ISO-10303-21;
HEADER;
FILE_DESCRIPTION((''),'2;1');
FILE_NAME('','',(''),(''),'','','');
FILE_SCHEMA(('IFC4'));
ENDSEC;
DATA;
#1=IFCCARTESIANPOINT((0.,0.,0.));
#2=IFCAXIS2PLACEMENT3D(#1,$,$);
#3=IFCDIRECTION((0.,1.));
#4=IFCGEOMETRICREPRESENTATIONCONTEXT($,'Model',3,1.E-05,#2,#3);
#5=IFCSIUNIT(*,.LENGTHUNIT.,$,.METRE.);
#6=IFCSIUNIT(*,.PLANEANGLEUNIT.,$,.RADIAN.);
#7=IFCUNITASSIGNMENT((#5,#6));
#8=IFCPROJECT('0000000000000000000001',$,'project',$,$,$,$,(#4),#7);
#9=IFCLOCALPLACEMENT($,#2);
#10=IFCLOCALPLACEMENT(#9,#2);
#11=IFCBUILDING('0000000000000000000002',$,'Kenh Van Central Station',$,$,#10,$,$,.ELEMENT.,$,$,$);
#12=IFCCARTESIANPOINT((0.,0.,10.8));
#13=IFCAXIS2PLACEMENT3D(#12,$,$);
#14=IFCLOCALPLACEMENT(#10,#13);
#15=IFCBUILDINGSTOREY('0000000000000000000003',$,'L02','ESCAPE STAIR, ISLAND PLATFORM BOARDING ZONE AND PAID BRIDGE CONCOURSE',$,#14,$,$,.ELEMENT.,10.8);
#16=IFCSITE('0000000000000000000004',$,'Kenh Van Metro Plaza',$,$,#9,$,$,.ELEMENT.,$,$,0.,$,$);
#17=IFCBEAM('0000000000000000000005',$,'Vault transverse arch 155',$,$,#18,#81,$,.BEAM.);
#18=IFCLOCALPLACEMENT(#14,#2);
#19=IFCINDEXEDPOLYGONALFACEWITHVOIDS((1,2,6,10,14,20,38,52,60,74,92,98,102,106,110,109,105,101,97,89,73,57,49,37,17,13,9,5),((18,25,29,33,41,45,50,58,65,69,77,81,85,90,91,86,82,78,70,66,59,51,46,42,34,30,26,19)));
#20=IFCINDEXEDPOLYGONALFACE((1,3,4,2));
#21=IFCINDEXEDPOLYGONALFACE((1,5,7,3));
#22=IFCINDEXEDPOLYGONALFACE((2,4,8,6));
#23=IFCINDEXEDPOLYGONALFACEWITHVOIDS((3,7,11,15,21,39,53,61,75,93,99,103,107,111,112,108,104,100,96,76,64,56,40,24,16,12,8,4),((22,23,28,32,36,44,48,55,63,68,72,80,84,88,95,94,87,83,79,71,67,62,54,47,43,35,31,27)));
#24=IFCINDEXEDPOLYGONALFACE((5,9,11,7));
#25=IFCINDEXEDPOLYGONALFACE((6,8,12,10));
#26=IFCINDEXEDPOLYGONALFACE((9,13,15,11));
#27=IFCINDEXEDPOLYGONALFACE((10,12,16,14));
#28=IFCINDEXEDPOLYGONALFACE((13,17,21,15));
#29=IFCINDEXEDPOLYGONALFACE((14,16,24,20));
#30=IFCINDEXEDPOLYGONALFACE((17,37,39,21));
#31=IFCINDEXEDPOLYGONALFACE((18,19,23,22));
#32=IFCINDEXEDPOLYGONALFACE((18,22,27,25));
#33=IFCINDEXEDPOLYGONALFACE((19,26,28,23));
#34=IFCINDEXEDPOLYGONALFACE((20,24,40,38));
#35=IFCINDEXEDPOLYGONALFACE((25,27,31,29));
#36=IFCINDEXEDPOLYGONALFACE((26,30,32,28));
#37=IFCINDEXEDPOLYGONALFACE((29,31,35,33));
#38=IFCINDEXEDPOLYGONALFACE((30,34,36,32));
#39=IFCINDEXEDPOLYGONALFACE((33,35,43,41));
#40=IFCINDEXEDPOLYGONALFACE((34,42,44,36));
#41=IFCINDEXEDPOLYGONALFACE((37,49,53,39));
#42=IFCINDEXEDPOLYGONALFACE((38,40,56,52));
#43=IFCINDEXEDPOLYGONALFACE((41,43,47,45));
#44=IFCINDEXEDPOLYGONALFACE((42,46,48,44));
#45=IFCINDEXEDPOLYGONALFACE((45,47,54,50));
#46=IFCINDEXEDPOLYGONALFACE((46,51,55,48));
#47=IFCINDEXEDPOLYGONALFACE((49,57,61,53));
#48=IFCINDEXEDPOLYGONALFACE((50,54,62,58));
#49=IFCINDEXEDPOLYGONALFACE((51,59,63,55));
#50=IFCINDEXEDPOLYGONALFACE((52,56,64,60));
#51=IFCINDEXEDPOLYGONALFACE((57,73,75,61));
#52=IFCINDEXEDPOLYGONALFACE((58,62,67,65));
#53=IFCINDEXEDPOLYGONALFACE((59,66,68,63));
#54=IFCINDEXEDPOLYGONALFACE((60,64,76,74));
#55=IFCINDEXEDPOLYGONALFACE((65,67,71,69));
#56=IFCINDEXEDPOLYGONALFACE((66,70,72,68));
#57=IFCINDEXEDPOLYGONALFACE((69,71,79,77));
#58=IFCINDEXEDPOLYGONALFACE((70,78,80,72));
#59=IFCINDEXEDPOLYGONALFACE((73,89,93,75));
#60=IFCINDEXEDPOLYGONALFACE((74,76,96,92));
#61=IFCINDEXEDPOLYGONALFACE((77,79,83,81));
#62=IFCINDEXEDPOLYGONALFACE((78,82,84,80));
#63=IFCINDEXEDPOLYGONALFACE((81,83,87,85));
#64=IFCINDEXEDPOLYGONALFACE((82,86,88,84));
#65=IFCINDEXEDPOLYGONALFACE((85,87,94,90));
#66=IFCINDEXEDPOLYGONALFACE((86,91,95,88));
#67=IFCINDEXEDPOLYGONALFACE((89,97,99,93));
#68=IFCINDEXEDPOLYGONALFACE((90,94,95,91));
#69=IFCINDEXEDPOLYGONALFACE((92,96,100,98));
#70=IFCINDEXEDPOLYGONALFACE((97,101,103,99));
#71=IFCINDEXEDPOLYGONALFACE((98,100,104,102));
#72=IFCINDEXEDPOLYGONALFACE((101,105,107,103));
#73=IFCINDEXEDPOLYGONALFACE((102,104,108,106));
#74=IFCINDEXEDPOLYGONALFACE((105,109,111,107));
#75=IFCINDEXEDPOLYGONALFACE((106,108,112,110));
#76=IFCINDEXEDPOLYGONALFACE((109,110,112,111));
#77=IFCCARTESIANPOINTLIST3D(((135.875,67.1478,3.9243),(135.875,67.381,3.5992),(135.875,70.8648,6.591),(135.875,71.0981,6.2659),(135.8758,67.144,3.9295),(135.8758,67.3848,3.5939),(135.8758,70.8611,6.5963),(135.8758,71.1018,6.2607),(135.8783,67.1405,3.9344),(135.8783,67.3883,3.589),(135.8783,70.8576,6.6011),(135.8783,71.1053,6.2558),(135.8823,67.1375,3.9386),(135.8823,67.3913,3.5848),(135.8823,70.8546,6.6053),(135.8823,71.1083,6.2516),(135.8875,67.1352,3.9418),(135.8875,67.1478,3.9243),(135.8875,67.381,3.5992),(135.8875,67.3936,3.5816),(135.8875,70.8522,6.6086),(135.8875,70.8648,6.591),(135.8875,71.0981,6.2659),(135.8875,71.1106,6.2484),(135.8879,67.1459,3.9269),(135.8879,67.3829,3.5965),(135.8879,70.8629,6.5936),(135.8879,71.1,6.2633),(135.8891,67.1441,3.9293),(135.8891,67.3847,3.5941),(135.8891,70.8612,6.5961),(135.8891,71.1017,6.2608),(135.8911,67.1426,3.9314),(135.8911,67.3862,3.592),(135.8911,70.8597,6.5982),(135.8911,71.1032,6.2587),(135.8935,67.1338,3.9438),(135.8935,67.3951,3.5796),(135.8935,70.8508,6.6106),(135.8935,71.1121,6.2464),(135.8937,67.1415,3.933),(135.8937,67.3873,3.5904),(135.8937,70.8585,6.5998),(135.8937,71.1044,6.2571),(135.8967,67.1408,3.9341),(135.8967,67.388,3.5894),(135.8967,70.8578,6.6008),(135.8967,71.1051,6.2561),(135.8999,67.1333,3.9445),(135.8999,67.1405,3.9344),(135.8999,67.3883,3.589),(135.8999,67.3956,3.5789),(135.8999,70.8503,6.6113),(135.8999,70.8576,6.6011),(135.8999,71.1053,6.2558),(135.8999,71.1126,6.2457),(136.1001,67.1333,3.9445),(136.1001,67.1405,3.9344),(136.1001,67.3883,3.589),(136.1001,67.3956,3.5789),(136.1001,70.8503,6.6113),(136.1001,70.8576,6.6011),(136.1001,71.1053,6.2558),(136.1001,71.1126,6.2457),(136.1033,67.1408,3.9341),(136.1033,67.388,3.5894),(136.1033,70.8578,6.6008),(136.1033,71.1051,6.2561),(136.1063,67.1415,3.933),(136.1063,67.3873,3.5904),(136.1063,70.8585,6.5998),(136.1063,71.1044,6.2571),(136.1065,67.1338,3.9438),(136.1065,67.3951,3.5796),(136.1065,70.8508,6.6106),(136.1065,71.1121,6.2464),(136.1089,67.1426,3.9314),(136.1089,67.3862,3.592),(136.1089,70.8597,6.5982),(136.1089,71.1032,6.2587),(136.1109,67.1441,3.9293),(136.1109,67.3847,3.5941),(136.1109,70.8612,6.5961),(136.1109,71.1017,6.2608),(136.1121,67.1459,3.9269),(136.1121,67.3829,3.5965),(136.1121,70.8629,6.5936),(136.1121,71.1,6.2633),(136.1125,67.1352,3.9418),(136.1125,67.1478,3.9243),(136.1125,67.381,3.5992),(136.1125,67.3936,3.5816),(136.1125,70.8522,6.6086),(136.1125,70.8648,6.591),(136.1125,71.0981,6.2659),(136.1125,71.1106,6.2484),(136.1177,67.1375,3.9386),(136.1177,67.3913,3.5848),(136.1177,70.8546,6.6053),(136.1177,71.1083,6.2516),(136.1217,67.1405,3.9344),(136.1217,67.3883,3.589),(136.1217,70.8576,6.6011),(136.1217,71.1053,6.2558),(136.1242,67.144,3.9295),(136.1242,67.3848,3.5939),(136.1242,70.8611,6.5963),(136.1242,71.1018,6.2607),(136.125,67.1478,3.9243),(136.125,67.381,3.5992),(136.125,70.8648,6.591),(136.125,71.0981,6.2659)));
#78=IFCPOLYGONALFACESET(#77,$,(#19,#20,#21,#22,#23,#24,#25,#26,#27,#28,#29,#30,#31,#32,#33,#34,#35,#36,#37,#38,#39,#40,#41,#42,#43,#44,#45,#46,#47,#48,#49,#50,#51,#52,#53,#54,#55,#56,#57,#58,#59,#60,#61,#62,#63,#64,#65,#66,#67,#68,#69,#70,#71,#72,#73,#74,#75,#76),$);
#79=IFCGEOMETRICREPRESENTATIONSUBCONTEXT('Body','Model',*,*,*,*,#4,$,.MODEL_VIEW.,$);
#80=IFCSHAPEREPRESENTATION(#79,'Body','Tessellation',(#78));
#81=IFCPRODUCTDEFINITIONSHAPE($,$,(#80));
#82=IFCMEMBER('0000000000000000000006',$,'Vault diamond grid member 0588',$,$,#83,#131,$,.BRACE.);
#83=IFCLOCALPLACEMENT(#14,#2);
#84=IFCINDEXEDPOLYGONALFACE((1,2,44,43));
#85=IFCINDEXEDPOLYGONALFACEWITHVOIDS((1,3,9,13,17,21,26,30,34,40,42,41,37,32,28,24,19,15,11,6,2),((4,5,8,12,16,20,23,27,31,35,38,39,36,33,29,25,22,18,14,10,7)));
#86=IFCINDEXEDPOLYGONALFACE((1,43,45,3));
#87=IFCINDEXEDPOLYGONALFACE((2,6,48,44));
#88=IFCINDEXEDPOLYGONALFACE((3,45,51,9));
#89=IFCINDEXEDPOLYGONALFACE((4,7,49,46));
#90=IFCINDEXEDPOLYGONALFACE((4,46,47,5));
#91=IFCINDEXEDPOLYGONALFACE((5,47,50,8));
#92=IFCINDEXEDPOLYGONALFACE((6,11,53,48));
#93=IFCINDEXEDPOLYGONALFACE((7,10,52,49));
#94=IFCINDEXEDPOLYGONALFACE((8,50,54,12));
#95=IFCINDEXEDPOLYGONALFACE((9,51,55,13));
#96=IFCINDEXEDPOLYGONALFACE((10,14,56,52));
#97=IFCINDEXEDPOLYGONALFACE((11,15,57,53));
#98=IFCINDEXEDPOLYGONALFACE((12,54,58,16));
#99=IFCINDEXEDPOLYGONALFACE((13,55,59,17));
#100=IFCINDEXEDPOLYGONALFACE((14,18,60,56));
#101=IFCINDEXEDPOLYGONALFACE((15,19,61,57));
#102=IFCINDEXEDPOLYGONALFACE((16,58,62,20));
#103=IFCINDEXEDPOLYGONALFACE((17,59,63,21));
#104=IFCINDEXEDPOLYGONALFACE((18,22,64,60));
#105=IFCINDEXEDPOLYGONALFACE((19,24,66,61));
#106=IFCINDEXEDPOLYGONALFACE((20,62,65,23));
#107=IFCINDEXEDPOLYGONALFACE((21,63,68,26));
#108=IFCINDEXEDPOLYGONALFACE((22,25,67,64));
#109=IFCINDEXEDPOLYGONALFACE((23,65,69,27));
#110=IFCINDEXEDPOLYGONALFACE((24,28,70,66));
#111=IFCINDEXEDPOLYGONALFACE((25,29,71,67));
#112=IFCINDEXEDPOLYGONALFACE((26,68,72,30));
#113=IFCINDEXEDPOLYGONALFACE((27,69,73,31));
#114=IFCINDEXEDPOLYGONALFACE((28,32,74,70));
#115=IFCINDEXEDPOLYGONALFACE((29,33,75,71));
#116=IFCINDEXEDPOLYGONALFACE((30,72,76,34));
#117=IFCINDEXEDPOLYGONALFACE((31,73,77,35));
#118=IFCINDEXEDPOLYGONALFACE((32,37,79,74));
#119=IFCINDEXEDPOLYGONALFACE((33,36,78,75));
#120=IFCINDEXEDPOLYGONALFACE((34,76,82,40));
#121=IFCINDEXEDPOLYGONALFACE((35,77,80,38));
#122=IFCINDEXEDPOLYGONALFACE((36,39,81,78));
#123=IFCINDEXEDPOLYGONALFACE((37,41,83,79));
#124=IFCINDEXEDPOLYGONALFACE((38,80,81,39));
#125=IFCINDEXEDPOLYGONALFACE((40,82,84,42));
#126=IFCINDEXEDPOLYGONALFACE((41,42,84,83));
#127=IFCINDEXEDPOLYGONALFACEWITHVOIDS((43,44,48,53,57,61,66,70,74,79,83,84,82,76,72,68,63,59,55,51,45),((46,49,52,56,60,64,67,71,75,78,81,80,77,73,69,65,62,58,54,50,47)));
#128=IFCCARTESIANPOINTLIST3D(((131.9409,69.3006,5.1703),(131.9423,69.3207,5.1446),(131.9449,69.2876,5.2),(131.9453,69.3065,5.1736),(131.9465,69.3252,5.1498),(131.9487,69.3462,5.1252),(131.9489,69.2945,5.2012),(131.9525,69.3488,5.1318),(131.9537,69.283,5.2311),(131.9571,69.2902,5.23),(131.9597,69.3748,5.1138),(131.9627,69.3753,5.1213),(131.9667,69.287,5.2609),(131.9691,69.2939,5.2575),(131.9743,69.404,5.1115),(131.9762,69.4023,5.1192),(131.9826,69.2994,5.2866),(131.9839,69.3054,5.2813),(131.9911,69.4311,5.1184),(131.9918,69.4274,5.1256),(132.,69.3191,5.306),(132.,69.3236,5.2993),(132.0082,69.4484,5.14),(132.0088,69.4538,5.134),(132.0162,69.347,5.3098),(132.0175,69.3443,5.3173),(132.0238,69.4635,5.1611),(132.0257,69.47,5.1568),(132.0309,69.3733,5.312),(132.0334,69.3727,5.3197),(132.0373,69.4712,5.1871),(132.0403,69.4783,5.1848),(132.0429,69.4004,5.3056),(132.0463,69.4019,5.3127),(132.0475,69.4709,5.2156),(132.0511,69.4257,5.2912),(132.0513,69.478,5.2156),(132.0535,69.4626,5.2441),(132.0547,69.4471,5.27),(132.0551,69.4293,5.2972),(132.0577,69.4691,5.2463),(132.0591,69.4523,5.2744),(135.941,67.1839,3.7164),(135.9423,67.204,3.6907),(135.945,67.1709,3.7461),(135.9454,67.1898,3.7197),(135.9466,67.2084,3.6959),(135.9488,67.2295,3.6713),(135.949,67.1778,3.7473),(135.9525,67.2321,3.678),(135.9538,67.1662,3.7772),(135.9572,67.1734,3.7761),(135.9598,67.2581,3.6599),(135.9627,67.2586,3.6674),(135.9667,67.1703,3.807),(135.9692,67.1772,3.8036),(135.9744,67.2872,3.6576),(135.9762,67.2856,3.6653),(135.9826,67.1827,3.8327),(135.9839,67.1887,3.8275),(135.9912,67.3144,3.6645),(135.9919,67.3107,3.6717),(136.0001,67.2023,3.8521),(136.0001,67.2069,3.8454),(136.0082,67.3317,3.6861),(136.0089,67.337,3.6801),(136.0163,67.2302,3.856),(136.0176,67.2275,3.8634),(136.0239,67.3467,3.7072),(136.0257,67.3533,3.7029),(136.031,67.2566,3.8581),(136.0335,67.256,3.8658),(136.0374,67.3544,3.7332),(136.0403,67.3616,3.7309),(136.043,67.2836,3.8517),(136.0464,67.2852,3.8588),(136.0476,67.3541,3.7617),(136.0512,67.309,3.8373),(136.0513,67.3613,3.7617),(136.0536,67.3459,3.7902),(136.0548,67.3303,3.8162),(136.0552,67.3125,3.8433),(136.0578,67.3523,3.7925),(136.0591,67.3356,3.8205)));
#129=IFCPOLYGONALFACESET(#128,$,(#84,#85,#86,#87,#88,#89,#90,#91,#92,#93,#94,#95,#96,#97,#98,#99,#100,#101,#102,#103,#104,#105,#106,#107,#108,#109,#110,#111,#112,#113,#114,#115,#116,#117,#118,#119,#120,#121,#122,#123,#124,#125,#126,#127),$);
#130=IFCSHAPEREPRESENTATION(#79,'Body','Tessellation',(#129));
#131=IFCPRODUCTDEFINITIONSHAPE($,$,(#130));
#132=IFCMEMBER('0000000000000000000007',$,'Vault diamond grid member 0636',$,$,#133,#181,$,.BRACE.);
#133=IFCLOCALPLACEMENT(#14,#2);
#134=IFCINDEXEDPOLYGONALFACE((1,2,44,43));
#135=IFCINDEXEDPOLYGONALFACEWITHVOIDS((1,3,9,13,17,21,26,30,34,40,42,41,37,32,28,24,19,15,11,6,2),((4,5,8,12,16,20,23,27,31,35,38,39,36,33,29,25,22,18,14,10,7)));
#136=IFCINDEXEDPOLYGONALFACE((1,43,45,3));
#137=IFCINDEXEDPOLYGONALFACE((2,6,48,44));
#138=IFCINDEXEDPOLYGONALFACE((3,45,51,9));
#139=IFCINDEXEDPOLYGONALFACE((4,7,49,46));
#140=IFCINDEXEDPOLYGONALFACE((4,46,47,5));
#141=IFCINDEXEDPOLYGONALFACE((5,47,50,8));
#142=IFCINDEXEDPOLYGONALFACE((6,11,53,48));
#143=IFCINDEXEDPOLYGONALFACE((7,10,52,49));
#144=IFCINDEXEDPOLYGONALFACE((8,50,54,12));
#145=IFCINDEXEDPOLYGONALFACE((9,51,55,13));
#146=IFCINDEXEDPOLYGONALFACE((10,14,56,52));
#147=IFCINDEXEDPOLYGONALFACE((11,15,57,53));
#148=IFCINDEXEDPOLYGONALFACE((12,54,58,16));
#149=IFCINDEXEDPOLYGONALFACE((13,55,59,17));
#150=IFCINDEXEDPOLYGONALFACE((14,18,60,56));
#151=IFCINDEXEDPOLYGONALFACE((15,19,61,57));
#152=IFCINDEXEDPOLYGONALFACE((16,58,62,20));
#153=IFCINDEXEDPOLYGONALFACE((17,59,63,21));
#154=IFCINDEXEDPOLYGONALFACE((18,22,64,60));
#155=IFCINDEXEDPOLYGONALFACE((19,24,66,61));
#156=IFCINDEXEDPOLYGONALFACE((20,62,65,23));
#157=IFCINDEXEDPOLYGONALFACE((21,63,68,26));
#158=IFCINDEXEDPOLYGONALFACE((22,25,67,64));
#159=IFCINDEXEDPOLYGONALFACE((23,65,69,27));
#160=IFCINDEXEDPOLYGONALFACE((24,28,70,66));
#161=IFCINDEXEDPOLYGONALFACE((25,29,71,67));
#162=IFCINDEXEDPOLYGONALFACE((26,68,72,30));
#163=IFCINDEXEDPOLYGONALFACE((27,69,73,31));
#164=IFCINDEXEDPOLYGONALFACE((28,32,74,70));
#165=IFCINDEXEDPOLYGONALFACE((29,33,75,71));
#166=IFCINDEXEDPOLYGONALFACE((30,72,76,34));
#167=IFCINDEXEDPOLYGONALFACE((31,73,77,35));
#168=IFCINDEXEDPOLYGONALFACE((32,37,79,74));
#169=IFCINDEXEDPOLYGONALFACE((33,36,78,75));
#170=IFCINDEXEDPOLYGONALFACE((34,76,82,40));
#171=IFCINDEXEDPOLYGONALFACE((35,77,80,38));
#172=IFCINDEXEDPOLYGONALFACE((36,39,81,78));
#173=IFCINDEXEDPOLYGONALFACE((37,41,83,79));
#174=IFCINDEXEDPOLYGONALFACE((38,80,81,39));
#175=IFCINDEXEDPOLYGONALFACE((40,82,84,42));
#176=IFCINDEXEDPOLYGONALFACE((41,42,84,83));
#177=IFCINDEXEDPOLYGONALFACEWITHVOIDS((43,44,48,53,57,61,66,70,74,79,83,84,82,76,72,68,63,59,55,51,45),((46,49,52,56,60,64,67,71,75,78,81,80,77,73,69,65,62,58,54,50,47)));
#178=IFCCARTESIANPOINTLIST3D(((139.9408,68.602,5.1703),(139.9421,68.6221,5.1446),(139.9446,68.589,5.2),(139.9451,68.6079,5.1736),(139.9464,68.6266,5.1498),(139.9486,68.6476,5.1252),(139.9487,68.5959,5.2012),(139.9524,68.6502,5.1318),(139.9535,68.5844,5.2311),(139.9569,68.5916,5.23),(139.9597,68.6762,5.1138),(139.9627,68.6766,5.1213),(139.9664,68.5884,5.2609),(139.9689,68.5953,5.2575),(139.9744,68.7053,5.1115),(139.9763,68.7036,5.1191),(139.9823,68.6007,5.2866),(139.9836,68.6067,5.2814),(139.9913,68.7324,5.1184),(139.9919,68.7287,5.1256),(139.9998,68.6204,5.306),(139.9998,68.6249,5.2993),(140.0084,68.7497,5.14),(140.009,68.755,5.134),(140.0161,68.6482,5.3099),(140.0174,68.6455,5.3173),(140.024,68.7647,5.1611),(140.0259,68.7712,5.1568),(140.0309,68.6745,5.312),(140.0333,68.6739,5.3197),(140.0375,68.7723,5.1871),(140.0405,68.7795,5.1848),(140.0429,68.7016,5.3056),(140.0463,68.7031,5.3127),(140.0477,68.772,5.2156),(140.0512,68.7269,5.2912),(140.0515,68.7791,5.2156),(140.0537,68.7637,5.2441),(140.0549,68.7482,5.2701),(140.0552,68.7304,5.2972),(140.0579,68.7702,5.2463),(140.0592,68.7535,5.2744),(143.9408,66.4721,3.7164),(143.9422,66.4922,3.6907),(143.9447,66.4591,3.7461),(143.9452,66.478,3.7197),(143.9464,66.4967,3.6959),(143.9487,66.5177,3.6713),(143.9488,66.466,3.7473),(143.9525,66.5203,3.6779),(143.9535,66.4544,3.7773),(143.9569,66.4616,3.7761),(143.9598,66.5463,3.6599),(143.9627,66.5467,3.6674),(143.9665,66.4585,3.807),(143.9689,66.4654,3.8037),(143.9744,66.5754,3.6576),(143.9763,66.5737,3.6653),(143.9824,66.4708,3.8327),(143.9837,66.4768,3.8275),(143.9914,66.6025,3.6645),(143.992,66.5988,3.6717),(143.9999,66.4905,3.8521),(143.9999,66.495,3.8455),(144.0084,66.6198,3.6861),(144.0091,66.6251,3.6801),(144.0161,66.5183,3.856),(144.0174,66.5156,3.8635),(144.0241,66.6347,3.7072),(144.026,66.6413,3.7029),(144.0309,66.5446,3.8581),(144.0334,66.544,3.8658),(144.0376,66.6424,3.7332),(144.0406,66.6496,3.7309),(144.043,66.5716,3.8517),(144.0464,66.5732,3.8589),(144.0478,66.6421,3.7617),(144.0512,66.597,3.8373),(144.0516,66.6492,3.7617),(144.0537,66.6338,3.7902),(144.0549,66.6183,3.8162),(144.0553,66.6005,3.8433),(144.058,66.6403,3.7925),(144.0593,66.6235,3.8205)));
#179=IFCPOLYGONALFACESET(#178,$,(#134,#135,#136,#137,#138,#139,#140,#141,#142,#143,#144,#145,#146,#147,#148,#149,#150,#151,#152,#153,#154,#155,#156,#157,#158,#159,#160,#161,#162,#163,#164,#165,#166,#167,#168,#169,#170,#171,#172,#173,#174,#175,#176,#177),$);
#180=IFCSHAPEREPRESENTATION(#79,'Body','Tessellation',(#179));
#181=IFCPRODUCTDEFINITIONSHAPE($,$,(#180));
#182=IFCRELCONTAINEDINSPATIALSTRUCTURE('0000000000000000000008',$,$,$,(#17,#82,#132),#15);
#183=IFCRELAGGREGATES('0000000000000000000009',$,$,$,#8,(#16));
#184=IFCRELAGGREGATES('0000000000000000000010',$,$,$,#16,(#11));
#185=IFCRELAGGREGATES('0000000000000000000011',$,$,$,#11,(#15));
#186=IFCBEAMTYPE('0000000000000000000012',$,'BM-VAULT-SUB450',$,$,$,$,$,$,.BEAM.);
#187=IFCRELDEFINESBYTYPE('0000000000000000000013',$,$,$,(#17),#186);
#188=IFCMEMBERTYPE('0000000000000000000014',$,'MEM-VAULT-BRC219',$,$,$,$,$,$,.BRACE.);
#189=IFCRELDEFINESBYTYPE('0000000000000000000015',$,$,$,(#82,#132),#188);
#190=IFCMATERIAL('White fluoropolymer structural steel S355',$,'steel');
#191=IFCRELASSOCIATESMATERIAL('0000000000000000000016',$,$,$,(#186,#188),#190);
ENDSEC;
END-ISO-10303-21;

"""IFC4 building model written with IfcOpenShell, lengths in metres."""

from ifc_helpers import new_model, si_unit, direction, frame, origin, origin_2d, place, context, subcontext, project, spatial, hollow_rectangle, hollow_circle, extrude, material, material_profile, profile_set, type_object, element, save


model = new_model("IFC4")

# Units and contexts
model_context = context("Model", 3, precision=1e-05, world=origin(), true_north=direction((0.0, 1.0)))
body_context = subcontext(model_context, "Body", "Model", "MODEL_VIEW")
ifc_project = project(units=[si_unit("LENGTHUNIT", "METRE"), si_unit("PLANEANGLEUNIT", "RADIAN")], contexts=[model_context])

# Site, building, storey
site_placement = place(None, origin())
site = spatial("IfcSite", under=ifc_project, at=site_placement, Name="Kenh Van Metro Plaza", CompositionType="ELEMENT", RefElevation=0.0)
building_placement = place(site_placement, origin())
building = spatial("IfcBuilding", under=site, at=building_placement, Name="Kenh Van Central Station", CompositionType="ELEMENT")
storey_placement = place(building_placement, frame((0.0, 0.0, 10.8)))
storey = spatial("IfcBuildingStorey", under=building, at=storey_placement, Name="L02", Description="ESCAPE STAIR, ISLAND PLATFORM BOARDING ZONE AND PAID BRIDGE CONCOURSE", CompositionType="ELEMENT", Elevation=10.8)

# Beam
ifc_material_1 = material(Name="White fluoropolymer structural steel S355", Category="steel")
ifc_material_profile_1 = material_profile(ifc_material_1, hollow_rectangle(XDim=0.25, YDim=0.45, WallThickness=0.0125, InnerFilletRadius=0.0125, OuterFilletRadius=0.0249, at=origin_2d()), Name="RHS 450x250x12.5")
ifc_profile_set_1 = profile_set([ifc_material_profile_1], Name="White fluoropolymer structural steel S355")
beam_type_1 = type_object("IfcBeamType", Name="BM-VAULT-SUB450", PredefinedType="BEAM", material=ifc_profile_set_1)
beam_1_placement = place(storey_placement, frame((136.0, 67.2644, 3.7617), z_axis=(0.0, 0.81252, 0.582933), x_axis=(-1.0, 0.0, 0.0)))
element("IfcBeam", 1, at=beam_1_placement, inside=storey, type_object=beam_type_1, Name="Vault transverse arch 155", PredefinedType="BEAM", context=body_context, shape_type="SweptSolid", body=[
    extrude(hollow_rectangle(XDim=0.25, YDim=0.45, WallThickness=0.0125, InnerFilletRadius=0.0125, OuterFilletRadius=0.0249, at=origin_2d()), origin(), (0.0, 0.0, 1.0), 4.5747),
])

# Members
ifc_material_profile_2 = material_profile(ifc_material_1, hollow_circle(Radius=0.1096, WallThickness=0.0081, at=origin_2d()), Name="CHS 219.1x8")
ifc_profile_set_2 = profile_set([ifc_material_profile_2], Name="White fluoropolymer structural steel S355")
member_type_1 = type_object("IfcMemberType", Name="MEM-VAULT-BRC219", PredefinedType="BRACE", material=ifc_profile_set_2)
member_1_placement = place(storey_placement, frame((132.0, 69.3811, 5.2156), z_axis=(0.841516, -0.445309, -0.305861), x_axis=(0.467724, 0.883875, 0.0)))
element("IfcMember", 2, at=member_1_placement, inside=storey, type_object=member_type_1, Name="Vault diamond grid member 0588", PredefinedType="BRACE", context=body_context, shape_type="SweptSolid", body=[
    extrude(hollow_circle(Radius=0.1096, WallThickness=0.0081, at=origin_2d()), origin(), (0.0, 0.0, 1.0), 4.7534),
])
member_2_placement = place(storey_placement, frame((140.0, 68.6824, 5.2156), z_axis=(0.840475, -0.447528, -0.305483), x_axis=(0.469995, 0.882669, 0.0)))
element("IfcMember", 3, at=member_2_placement, inside=storey, type_object=member_type_1, Name="Vault diamond grid member 0636", PredefinedType="BRACE", context=body_context, shape_type="SweptSolid", body=[
    extrude(hollow_circle(Radius=0.1096, WallThickness=0.0081, at=origin_2d()), origin(), (0.0, 0.0, 1.0), 4.7593),
])

save(model, "model.ifc")
